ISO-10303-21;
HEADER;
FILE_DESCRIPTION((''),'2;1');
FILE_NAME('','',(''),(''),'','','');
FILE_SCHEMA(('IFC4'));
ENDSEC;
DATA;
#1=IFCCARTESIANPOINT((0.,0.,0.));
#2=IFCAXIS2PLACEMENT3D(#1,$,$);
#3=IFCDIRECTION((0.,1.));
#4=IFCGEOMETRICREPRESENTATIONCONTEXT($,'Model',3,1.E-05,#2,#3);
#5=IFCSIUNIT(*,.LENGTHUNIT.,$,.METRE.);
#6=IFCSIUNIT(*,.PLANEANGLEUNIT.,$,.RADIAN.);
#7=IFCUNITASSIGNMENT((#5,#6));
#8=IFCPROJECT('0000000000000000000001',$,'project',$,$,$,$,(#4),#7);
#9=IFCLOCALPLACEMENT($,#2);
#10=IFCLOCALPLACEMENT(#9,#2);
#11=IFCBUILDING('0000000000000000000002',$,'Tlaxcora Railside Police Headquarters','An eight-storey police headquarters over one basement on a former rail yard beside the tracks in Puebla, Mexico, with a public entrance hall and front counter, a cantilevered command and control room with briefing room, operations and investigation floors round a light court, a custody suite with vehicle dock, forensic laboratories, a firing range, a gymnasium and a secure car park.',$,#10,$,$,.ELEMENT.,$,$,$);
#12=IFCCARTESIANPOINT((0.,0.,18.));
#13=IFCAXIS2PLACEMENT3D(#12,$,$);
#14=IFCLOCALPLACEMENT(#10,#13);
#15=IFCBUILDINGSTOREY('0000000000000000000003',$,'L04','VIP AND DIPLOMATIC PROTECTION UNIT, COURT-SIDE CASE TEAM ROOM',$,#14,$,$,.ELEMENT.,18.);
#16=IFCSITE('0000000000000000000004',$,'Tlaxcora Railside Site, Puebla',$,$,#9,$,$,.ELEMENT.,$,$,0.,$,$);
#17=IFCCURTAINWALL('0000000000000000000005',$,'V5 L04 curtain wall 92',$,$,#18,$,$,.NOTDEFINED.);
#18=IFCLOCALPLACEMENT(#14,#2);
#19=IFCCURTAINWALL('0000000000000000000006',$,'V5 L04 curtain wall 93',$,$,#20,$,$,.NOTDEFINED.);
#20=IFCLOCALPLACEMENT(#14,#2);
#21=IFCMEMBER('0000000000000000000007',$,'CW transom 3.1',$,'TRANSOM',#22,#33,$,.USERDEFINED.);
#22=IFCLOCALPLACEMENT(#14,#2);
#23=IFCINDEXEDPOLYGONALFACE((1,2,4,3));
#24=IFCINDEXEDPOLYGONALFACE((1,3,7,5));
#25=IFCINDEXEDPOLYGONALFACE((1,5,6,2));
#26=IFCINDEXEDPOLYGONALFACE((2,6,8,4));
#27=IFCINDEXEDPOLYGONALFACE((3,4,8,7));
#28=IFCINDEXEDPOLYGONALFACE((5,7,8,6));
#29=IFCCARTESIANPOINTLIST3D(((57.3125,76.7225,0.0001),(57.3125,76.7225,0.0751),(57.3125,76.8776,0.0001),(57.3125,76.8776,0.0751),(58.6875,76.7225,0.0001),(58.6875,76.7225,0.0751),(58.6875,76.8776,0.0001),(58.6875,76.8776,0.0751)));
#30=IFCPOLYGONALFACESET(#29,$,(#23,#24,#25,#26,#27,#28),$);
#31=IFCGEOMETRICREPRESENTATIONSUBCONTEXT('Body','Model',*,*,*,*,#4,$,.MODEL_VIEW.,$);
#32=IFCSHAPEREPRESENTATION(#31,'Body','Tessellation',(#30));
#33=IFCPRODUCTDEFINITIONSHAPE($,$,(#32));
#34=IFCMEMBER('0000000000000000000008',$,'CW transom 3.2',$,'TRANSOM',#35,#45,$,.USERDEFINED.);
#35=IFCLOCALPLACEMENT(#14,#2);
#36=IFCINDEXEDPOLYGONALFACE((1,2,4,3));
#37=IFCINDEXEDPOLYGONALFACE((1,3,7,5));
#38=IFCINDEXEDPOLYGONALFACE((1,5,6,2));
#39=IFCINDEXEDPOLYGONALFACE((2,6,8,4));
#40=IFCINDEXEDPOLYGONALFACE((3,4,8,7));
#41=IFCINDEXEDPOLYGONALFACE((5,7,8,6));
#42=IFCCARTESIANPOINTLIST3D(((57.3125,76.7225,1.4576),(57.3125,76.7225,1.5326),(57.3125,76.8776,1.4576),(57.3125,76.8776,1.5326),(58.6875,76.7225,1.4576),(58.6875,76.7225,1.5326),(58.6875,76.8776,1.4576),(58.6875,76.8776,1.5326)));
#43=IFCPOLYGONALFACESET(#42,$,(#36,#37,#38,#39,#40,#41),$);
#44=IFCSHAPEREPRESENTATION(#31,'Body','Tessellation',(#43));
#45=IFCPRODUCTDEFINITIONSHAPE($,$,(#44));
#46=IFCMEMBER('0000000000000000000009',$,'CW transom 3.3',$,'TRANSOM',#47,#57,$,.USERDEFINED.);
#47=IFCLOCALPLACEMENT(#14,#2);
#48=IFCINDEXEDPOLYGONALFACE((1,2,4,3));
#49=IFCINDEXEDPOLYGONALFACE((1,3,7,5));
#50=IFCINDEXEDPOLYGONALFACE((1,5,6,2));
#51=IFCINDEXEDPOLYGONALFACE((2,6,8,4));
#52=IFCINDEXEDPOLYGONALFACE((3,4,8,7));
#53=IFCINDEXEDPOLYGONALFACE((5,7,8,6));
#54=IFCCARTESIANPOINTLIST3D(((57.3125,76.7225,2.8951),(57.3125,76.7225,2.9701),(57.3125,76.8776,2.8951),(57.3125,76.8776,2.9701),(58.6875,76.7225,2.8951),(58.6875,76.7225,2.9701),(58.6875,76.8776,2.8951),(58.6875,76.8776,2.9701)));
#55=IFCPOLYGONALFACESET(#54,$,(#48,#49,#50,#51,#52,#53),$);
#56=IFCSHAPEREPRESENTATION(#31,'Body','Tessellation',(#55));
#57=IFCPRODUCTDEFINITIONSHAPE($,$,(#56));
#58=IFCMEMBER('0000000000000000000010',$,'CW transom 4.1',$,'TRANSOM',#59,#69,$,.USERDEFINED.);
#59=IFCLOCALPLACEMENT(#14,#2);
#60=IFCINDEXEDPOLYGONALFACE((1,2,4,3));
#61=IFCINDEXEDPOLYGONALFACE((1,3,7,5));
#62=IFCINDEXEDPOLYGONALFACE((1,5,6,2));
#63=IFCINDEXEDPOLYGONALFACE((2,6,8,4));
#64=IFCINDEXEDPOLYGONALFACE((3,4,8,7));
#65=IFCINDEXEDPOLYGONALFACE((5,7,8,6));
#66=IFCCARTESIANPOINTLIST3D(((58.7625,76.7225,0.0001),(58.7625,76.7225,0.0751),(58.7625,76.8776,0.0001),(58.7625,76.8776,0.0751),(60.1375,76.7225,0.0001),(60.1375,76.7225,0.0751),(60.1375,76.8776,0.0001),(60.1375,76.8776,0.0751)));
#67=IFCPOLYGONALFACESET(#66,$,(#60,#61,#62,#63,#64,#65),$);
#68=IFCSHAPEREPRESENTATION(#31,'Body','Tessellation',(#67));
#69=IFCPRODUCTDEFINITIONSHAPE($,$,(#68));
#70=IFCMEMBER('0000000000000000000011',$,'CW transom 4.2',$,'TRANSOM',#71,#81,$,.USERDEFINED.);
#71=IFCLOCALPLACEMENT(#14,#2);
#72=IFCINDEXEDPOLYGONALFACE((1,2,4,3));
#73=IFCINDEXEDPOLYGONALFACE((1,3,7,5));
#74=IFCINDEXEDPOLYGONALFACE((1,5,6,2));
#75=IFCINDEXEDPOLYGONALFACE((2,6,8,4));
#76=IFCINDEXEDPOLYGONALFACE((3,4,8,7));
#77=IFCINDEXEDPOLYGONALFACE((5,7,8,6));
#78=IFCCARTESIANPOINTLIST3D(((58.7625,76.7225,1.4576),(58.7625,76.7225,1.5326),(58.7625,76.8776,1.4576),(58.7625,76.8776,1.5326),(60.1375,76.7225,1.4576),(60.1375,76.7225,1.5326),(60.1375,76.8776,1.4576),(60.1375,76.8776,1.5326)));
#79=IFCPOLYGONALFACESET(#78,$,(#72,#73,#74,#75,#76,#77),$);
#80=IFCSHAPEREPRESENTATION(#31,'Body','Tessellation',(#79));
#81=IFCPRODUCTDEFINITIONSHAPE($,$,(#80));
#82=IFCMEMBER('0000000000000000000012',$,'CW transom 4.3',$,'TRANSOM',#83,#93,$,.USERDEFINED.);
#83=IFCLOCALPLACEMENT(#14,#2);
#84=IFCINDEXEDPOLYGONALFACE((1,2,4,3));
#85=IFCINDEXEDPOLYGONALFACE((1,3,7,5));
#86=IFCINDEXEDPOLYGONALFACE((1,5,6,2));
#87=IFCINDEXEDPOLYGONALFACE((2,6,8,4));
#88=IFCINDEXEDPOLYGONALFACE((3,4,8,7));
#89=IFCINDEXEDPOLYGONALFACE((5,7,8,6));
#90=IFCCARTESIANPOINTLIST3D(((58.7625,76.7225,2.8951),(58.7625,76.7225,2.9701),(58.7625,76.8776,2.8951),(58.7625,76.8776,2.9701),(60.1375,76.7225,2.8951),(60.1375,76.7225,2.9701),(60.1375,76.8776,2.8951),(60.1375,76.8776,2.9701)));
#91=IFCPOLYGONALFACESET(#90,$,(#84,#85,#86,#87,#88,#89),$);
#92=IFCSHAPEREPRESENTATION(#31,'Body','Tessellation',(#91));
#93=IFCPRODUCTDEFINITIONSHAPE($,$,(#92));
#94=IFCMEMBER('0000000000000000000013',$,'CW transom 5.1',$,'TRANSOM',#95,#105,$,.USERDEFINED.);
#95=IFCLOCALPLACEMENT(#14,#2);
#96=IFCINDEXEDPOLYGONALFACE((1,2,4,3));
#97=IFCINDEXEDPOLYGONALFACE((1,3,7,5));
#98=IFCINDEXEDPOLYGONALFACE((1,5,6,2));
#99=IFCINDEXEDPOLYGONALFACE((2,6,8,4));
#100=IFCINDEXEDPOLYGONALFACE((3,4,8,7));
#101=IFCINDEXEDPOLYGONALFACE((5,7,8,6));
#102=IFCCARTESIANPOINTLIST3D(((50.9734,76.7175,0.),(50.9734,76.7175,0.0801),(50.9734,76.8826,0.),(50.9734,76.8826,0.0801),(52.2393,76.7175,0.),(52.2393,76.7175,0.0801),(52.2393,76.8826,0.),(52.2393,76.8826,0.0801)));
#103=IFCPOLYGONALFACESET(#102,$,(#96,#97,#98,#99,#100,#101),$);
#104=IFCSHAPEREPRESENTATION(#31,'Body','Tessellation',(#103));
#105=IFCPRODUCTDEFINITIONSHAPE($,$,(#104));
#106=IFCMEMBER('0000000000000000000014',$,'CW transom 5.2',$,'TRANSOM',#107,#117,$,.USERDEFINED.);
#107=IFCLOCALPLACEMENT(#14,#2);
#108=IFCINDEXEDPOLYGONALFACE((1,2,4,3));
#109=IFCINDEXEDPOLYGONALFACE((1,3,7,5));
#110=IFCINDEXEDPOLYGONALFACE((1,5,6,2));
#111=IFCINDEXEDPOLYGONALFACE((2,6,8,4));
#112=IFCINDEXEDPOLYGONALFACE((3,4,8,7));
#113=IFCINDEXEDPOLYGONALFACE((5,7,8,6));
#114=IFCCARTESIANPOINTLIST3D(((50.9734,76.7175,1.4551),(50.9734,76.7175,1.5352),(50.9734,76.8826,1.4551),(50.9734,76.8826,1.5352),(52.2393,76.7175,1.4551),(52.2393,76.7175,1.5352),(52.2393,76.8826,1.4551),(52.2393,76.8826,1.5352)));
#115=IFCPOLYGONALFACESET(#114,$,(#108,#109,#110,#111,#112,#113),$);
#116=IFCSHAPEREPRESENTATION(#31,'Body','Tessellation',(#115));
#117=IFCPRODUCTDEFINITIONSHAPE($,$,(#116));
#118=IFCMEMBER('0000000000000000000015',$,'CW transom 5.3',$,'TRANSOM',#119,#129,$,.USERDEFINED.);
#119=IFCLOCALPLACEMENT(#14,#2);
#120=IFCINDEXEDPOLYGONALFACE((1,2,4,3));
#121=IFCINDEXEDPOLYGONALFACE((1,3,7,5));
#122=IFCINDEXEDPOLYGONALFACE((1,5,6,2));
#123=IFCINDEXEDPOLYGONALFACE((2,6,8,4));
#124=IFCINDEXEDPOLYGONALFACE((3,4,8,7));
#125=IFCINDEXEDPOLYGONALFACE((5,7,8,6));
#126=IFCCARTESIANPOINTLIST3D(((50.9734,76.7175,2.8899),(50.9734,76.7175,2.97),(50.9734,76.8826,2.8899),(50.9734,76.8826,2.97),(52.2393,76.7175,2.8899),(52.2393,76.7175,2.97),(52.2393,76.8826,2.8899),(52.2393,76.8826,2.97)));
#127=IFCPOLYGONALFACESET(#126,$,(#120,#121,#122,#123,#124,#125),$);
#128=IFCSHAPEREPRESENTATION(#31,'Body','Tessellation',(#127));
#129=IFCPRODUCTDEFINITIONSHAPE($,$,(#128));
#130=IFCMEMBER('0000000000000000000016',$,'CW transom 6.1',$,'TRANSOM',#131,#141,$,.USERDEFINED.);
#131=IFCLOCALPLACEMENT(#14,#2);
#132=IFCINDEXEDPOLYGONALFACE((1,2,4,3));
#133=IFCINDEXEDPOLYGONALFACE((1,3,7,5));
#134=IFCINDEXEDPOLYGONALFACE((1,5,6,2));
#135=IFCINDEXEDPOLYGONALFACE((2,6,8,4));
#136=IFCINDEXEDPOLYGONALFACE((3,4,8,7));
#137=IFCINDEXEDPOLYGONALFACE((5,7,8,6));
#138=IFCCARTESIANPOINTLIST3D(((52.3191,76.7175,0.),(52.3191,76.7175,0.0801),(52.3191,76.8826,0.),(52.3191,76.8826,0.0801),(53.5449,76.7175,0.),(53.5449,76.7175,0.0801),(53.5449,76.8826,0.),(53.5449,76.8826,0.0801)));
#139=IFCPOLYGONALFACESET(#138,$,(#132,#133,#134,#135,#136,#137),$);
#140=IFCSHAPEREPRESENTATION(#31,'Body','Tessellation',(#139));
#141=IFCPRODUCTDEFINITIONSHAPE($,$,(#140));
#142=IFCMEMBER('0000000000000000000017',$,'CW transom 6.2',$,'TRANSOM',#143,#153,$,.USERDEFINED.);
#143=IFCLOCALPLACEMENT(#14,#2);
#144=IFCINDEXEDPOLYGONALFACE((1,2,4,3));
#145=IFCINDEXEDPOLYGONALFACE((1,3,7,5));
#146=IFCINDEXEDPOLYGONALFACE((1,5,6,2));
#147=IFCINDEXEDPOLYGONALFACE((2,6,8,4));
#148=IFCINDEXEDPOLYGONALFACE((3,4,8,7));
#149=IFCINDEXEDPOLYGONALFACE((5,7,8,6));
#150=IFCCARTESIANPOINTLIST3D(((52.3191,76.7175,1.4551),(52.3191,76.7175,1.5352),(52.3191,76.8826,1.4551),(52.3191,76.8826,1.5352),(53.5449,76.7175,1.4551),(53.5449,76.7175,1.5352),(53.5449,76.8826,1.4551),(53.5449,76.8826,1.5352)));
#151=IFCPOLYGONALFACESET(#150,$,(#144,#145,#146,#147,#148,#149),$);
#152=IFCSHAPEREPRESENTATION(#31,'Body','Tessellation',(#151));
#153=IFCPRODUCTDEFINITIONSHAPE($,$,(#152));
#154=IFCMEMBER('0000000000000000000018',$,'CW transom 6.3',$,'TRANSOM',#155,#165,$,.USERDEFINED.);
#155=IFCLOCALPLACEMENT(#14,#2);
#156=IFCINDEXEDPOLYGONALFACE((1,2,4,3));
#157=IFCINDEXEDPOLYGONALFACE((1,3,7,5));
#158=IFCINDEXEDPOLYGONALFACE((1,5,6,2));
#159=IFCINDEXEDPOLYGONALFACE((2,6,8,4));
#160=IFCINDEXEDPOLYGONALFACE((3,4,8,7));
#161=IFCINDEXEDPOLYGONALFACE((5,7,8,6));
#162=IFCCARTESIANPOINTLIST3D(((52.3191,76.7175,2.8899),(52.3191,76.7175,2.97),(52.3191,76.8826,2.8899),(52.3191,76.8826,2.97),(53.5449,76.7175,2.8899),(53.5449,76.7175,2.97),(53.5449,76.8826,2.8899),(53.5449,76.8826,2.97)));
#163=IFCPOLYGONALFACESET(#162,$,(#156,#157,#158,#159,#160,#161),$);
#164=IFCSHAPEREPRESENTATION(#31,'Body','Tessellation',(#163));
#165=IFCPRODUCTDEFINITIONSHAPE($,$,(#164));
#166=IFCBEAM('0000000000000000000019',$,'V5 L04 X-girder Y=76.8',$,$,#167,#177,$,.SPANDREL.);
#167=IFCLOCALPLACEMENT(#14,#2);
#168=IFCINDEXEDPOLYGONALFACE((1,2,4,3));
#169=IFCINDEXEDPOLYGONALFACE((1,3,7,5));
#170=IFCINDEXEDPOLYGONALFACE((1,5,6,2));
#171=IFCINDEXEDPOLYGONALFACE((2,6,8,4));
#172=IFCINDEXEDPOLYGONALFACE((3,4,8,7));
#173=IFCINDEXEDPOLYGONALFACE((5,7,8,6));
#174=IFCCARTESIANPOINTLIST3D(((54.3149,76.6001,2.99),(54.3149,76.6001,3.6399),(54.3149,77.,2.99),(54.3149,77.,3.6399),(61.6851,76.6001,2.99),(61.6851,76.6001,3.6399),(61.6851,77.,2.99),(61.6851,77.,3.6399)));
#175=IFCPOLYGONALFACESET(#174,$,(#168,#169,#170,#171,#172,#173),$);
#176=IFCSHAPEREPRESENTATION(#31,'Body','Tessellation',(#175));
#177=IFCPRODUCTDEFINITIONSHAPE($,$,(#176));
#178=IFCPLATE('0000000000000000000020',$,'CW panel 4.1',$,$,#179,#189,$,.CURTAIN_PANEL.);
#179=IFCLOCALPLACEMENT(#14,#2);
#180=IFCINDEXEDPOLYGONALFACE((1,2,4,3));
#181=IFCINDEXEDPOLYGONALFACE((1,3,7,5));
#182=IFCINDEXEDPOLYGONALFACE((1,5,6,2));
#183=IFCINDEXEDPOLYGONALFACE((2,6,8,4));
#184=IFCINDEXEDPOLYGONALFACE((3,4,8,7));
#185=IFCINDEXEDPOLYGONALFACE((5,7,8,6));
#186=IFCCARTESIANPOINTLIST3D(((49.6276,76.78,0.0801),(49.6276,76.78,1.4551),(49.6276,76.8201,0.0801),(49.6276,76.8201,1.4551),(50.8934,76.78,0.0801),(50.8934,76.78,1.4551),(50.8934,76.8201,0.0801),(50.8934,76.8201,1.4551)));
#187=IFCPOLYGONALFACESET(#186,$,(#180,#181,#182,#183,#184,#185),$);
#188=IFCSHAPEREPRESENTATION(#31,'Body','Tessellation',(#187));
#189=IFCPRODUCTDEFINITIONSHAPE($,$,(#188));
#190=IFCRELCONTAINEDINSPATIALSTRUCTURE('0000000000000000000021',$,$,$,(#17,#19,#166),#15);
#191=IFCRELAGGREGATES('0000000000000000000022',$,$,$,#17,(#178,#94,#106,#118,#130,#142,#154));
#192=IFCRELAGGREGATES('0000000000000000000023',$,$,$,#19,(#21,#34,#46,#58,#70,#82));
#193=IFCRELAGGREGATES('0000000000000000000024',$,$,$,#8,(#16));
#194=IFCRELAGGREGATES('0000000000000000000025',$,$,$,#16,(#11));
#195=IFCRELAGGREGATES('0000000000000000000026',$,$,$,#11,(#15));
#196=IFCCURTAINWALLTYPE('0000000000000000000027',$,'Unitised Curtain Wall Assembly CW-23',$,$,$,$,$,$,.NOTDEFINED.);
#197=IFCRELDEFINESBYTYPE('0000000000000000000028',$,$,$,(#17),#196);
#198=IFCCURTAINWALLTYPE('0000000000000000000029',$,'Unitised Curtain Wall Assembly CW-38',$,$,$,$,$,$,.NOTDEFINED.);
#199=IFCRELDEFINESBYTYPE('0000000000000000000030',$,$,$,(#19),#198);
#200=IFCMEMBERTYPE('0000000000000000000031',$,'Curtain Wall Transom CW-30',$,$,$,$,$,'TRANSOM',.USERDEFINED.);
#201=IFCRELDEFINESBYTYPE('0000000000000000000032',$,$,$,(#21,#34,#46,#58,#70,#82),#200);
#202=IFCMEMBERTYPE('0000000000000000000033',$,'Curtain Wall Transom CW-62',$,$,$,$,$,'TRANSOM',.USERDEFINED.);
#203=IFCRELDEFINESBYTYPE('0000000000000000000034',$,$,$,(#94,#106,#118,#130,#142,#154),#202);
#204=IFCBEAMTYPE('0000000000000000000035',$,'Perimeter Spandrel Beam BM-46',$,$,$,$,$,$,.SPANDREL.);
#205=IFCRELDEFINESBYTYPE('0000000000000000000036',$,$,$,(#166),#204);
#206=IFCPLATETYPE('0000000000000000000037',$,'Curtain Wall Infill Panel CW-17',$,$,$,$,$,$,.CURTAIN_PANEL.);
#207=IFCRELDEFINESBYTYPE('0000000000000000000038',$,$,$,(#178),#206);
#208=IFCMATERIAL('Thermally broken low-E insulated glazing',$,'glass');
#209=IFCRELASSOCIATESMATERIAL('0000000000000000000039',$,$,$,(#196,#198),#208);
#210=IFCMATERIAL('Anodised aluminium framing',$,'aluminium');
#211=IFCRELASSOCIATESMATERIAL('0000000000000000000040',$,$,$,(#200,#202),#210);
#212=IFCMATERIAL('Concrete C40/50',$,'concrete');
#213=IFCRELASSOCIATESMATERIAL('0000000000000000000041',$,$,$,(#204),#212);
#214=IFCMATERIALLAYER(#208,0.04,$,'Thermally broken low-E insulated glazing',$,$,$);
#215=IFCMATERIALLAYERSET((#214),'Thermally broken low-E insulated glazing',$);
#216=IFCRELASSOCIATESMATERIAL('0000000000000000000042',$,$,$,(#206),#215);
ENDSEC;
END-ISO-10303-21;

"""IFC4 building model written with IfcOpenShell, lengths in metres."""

from ifc_helpers import new_model, si_unit, direction, frame, origin, origin_2d, place, context, subcontext, project, spatial, rectangle, extrude, material, layer, layer_set, material_profile, profile_set, type_object, element, aggregate, save


model = new_model("IFC4")

# Units and contexts
model_context = context("Model", 3, precision=1e-05, world=origin(), true_north=direction((0.0, 1.0)))
body_context = subcontext(model_context, "Body", "Model", "MODEL_VIEW")
ifc_project = project(units=[si_unit("LENGTHUNIT", "METRE"), si_unit("PLANEANGLEUNIT", "RADIAN")], contexts=[model_context])

# Site, building, storey
site_placement = place(None, origin())
site = spatial("IfcSite", under=ifc_project, at=site_placement, Name="Tlaxcora Railside Site, Puebla", CompositionType="ELEMENT", RefElevation=0.0)
building_placement = place(site_placement, origin())
building = spatial("IfcBuilding", under=site, at=building_placement, Name="Tlaxcora Railside Police Headquarters", Description="An eight-storey police headquarters over one basement on a former rail yard beside the tracks in Puebla, Mexico, with a public entrance hall and front counter, a cantilevered command and control room with briefing room, operations and investigation floors round a light court, a custody suite with vehicle dock, forensic laboratories, a firing range, a gymnasium and a secure car park.", CompositionType="ELEMENT")
storey_placement = place(building_placement, frame((0.0, 0.0, 18.0)))
storey = spatial("IfcBuildingStorey", under=building, at=storey_placement, Name="L04", Description="VIP AND DIPLOMATIC PROTECTION UNIT, COURT-SIDE CASE TEAM ROOM", CompositionType="ELEMENT", Elevation=18.0)

# Shared definitions
ifc_material_1 = material(Name="Concrete C40/50", Category="concrete")

# Curtain walls, members
ifc_material_2 = material(Name="Thermally broken low-E insulated glazing", Category="glass")
curtain_wall_type_1 = type_object("IfcCurtainWallType", Name="Unitised Curtain Wall Assembly CW-23", PredefinedType="NOTDEFINED", material=ifc_material_2)
curtain_wall_1_placement = place(storey_placement, origin())
curtain_wall_1 = element("IfcCurtainWall", 1, at=curtain_wall_1_placement, inside=storey, type_object=curtain_wall_type_1, Name="V5 L04 curtain wall 92", PredefinedType="NOTDEFINED")
ifc_material_3 = material(Name="Anodised aluminium framing", Category="aluminium")
curtain_wall_type_2 = type_object("IfcCurtainWallType", Name="Unitised Curtain Wall Assembly CW-38", PredefinedType="NOTDEFINED", material=ifc_material_2)
curtain_wall_2_placement = place(storey_placement, origin())
curtain_wall_2 = element("IfcCurtainWall", 2, at=curtain_wall_2_placement, inside=storey, type_object=curtain_wall_type_2, Name="V5 L04 curtain wall 93", PredefinedType="NOTDEFINED")
ifc_material_profile_1 = material_profile(ifc_material_3, rectangle(XDim=0.155, YDim=0.075, at=origin_2d()), Name="AL75X155")
ifc_profile_set_1 = profile_set([ifc_material_profile_1], Name="Anodised aluminium framing")
member_type_1 = type_object("IfcMemberType", Name="Curtain Wall Transom CW-30", ElementType="TRANSOM", PredefinedType="USERDEFINED", material=ifc_profile_set_1)
member_1_placement = place(storey_placement, frame((57.3125, 76.8, 0.0376), z_axis=(1.0, 0.0, 0.0), x_axis=(0.0, 1.0, 0.0)))
member_1 = element("IfcMember", 3, at=member_1_placement, type_object=member_type_1, Name="CW transom 3.1", ObjectType="TRANSOM", PredefinedType="USERDEFINED", context=body_context, shape_type="SweptSolid", body=[
    extrude(rectangle(XDim=0.155, YDim=0.075, at=origin_2d()), origin(), (0.0, 0.0, 1.0), 1.375),
])
member_2_placement = place(storey_placement, frame((57.3125, 76.8, 1.4951), z_axis=(1.0, 0.0, 0.0), x_axis=(0.0, 1.0, 0.0)))
member_2 = element("IfcMember", 4, at=member_2_placement, type_object=member_type_1, Name="CW transom 3.2", ObjectType="TRANSOM", PredefinedType="USERDEFINED", context=body_context, shape_type="SweptSolid", body=[
    extrude(rectangle(XDim=0.155, YDim=0.075, at=origin_2d()), origin(), (0.0, 0.0, 1.0), 1.375),
])
member_3_placement = place(storey_placement, frame((57.3125, 76.8, 2.9326), z_axis=(1.0, 0.0, 0.0), x_axis=(0.0, 1.0, 0.0)))
member_3 = element("IfcMember", 5, at=member_3_placement, type_object=member_type_1, Name="CW transom 3.3", ObjectType="TRANSOM", PredefinedType="USERDEFINED", context=body_context, shape_type="SweptSolid", body=[
    extrude(rectangle(XDim=0.155, YDim=0.075, at=origin_2d()), origin(), (0.0, 0.0, 1.0), 1.375),
])
member_4_placement = place(storey_placement, frame((58.7625, 76.8, 0.0376), z_axis=(1.0, 0.0, 0.0), x_axis=(0.0, 1.0, 0.0)))
member_4 = element("IfcMember", 6, at=member_4_placement, type_object=member_type_1, Name="CW transom 4.1", ObjectType="TRANSOM", PredefinedType="USERDEFINED", context=body_context, shape_type="SweptSolid", body=[
    extrude(rectangle(XDim=0.155, YDim=0.075, at=origin_2d()), origin(), (0.0, 0.0, 1.0), 1.375),
])
member_5_placement = place(storey_placement, frame((58.7625, 76.8, 1.4951), z_axis=(1.0, 0.0, 0.0), x_axis=(0.0, 1.0, 0.0)))
member_5 = element("IfcMember", 7, at=member_5_placement, type_object=member_type_1, Name="CW transom 4.2", ObjectType="TRANSOM", PredefinedType="USERDEFINED", context=body_context, shape_type="SweptSolid", body=[
    extrude(rectangle(XDim=0.155, YDim=0.075, at=origin_2d()), origin(), (0.0, 0.0, 1.0), 1.375),
])
member_6_placement = place(storey_placement, frame((58.7625, 76.8, 2.9326), z_axis=(1.0, 0.0, 0.0), x_axis=(0.0, 1.0, 0.0)))
member_6 = element("IfcMember", 8, at=member_6_placement, type_object=member_type_1, Name="CW transom 4.3", ObjectType="TRANSOM", PredefinedType="USERDEFINED", context=body_context, shape_type="SweptSolid", body=[
    extrude(rectangle(XDim=0.155, YDim=0.075, at=origin_2d()), origin(), (0.0, 0.0, 1.0), 1.375),
])

# Members
ifc_material_profile_2 = material_profile(ifc_material_3, rectangle(XDim=0.165, YDim=0.0801, at=origin_2d()), Name="AL80X165")
ifc_profile_set_2 = profile_set([ifc_material_profile_2], Name="Anodised aluminium framing")
member_type_2 = type_object("IfcMemberType", Name="Curtain Wall Transom CW-62", ElementType="TRANSOM", PredefinedType="USERDEFINED", material=ifc_profile_set_2)
member_7_placement = place(storey_placement, frame((50.9734, 76.8, 0.04), z_axis=(1.0, 0.0, 0.0), x_axis=(0.0, 1.0, 0.0)))
member_7 = element("IfcMember", 9, at=member_7_placement, type_object=member_type_2, Name="CW transom 5.1", ObjectType="TRANSOM", PredefinedType="USERDEFINED", context=body_context, shape_type="SweptSolid", body=[
    extrude(rectangle(XDim=0.165, YDim=0.0801, at=origin_2d()), origin(), (0.0, 0.0, 1.0), 1.2659),
])
member_8_placement = place(storey_placement, frame((50.9734, 76.8, 1.4951), z_axis=(1.0, 0.0, 0.0), x_axis=(0.0, 1.0, 0.0)))
member_8 = element("IfcMember", 10, at=member_8_placement, type_object=member_type_2, Name="CW transom 5.2", ObjectType="TRANSOM", PredefinedType="USERDEFINED", context=body_context, shape_type="SweptSolid", body=[
    extrude(rectangle(XDim=0.165, YDim=0.0801, at=origin_2d()), origin(), (0.0, 0.0, 1.0), 1.2659),
])
member_9_placement = place(storey_placement, frame((50.9734, 76.8, 2.9299), z_axis=(1.0, 0.0, 0.0), x_axis=(0.0, 1.0, 0.0)))
member_9 = element("IfcMember", 11, at=member_9_placement, type_object=member_type_2, Name="CW transom 5.3", ObjectType="TRANSOM", PredefinedType="USERDEFINED", context=body_context, shape_type="SweptSolid", body=[
    extrude(rectangle(XDim=0.165, YDim=0.0801, at=origin_2d()), origin(), (0.0, 0.0, 1.0), 1.2659),
])
member_10_placement = place(storey_placement, frame((52.3191, 76.8, 0.04), z_axis=(1.0, 0.0, 0.0), x_axis=(0.0, 1.0, 0.0)))
member_10 = element("IfcMember", 12, at=member_10_placement, type_object=member_type_2, Name="CW transom 6.1", ObjectType="TRANSOM", PredefinedType="USERDEFINED", context=body_context, shape_type="SweptSolid", body=[
    extrude(rectangle(XDim=0.165, YDim=0.0801, at=origin_2d()), origin(), (0.0, 0.0, 1.0), 1.2258),
])
member_11_placement = place(storey_placement, frame((52.3191, 76.8, 1.4951), z_axis=(1.0, 0.0, 0.0), x_axis=(0.0, 1.0, 0.0)))
member_11 = element("IfcMember", 13, at=member_11_placement, type_object=member_type_2, Name="CW transom 6.2", ObjectType="TRANSOM", PredefinedType="USERDEFINED", context=body_context, shape_type="SweptSolid", body=[
    extrude(rectangle(XDim=0.165, YDim=0.0801, at=origin_2d()), origin(), (0.0, 0.0, 1.0), 1.2258),
])
member_12_placement = place(storey_placement, frame((52.3191, 76.8, 2.9299), z_axis=(1.0, 0.0, 0.0), x_axis=(0.0, 1.0, 0.0)))
member_12 = element("IfcMember", 14, at=member_12_placement, type_object=member_type_2, Name="CW transom 6.3", ObjectType="TRANSOM", PredefinedType="USERDEFINED", context=body_context, shape_type="SweptSolid", body=[
    extrude(rectangle(XDim=0.165, YDim=0.0801, at=origin_2d()), origin(), (0.0, 0.0, 1.0), 1.2258),
])

# Beam
ifc_material_profile_3 = material_profile(ifc_material_1, rectangle(XDim=0.3999, YDim=0.6499, at=origin_2d()), Name="RC400X650")
ifc_profile_set_3 = profile_set([ifc_material_profile_3], Name="Concrete C40/50")
beam_type = type_object("IfcBeamType", Name="Perimeter Spandrel Beam BM-46", PredefinedType="SPANDREL", material=ifc_profile_set_3)
beam_placement = place(storey_placement, frame((54.3149, 76.8, 3.3149), z_axis=(1.0, 0.0, 0.0), x_axis=(0.0, 1.0, 0.0)))
element("IfcBeam", 15, at=beam_placement, inside=storey, type_object=beam_type, Name="V5 L04 X-girder Y=76.8", PredefinedType="SPANDREL", context=body_context, shape_type="SweptSolid", body=[
    extrude(rectangle(XDim=0.3999, YDim=0.6499, at=origin_2d()), origin(), (0.0, 0.0, 1.0), 7.3701),
])

# Plate
ifc_layer_1 = layer(ifc_material_2, 0.04, Name="Thermally broken low-E insulated glazing")
ifc_layer_set_1 = layer_set([ifc_layer_1], Name="Thermally broken low-E insulated glazing")
plate_type_1 = type_object("IfcPlateType", Name="Curtain Wall Infill Panel CW-17", PredefinedType="CURTAIN_PANEL", material=ifc_layer_set_1)
plate_1_placement = place(storey_placement, frame((50.2605, 76.8, 0.0801), z_axis=(0.0, 0.0, 1.0), x_axis=(1.0, 0.0, 0.0)))
plate_1 = element("IfcPlate", 16, at=plate_1_placement, type_object=plate_type_1, Name="CW panel 4.1", PredefinedType="CURTAIN_PANEL", context=body_context, shape_type="SweptSolid", body=[
    extrude(rectangle(XDim=1.2659, YDim=0.04, at=origin_2d()), origin(), (0.0, 0.0, 1.0), 1.375),
])
aggregate(curtain_wall_1, [plate_1, member_7, member_8, member_9, member_10, member_11, member_12])
aggregate(curtain_wall_2, [member_1, member_2, member_3, member_4, member_5, member_6])

save(model, "model.ifc")
